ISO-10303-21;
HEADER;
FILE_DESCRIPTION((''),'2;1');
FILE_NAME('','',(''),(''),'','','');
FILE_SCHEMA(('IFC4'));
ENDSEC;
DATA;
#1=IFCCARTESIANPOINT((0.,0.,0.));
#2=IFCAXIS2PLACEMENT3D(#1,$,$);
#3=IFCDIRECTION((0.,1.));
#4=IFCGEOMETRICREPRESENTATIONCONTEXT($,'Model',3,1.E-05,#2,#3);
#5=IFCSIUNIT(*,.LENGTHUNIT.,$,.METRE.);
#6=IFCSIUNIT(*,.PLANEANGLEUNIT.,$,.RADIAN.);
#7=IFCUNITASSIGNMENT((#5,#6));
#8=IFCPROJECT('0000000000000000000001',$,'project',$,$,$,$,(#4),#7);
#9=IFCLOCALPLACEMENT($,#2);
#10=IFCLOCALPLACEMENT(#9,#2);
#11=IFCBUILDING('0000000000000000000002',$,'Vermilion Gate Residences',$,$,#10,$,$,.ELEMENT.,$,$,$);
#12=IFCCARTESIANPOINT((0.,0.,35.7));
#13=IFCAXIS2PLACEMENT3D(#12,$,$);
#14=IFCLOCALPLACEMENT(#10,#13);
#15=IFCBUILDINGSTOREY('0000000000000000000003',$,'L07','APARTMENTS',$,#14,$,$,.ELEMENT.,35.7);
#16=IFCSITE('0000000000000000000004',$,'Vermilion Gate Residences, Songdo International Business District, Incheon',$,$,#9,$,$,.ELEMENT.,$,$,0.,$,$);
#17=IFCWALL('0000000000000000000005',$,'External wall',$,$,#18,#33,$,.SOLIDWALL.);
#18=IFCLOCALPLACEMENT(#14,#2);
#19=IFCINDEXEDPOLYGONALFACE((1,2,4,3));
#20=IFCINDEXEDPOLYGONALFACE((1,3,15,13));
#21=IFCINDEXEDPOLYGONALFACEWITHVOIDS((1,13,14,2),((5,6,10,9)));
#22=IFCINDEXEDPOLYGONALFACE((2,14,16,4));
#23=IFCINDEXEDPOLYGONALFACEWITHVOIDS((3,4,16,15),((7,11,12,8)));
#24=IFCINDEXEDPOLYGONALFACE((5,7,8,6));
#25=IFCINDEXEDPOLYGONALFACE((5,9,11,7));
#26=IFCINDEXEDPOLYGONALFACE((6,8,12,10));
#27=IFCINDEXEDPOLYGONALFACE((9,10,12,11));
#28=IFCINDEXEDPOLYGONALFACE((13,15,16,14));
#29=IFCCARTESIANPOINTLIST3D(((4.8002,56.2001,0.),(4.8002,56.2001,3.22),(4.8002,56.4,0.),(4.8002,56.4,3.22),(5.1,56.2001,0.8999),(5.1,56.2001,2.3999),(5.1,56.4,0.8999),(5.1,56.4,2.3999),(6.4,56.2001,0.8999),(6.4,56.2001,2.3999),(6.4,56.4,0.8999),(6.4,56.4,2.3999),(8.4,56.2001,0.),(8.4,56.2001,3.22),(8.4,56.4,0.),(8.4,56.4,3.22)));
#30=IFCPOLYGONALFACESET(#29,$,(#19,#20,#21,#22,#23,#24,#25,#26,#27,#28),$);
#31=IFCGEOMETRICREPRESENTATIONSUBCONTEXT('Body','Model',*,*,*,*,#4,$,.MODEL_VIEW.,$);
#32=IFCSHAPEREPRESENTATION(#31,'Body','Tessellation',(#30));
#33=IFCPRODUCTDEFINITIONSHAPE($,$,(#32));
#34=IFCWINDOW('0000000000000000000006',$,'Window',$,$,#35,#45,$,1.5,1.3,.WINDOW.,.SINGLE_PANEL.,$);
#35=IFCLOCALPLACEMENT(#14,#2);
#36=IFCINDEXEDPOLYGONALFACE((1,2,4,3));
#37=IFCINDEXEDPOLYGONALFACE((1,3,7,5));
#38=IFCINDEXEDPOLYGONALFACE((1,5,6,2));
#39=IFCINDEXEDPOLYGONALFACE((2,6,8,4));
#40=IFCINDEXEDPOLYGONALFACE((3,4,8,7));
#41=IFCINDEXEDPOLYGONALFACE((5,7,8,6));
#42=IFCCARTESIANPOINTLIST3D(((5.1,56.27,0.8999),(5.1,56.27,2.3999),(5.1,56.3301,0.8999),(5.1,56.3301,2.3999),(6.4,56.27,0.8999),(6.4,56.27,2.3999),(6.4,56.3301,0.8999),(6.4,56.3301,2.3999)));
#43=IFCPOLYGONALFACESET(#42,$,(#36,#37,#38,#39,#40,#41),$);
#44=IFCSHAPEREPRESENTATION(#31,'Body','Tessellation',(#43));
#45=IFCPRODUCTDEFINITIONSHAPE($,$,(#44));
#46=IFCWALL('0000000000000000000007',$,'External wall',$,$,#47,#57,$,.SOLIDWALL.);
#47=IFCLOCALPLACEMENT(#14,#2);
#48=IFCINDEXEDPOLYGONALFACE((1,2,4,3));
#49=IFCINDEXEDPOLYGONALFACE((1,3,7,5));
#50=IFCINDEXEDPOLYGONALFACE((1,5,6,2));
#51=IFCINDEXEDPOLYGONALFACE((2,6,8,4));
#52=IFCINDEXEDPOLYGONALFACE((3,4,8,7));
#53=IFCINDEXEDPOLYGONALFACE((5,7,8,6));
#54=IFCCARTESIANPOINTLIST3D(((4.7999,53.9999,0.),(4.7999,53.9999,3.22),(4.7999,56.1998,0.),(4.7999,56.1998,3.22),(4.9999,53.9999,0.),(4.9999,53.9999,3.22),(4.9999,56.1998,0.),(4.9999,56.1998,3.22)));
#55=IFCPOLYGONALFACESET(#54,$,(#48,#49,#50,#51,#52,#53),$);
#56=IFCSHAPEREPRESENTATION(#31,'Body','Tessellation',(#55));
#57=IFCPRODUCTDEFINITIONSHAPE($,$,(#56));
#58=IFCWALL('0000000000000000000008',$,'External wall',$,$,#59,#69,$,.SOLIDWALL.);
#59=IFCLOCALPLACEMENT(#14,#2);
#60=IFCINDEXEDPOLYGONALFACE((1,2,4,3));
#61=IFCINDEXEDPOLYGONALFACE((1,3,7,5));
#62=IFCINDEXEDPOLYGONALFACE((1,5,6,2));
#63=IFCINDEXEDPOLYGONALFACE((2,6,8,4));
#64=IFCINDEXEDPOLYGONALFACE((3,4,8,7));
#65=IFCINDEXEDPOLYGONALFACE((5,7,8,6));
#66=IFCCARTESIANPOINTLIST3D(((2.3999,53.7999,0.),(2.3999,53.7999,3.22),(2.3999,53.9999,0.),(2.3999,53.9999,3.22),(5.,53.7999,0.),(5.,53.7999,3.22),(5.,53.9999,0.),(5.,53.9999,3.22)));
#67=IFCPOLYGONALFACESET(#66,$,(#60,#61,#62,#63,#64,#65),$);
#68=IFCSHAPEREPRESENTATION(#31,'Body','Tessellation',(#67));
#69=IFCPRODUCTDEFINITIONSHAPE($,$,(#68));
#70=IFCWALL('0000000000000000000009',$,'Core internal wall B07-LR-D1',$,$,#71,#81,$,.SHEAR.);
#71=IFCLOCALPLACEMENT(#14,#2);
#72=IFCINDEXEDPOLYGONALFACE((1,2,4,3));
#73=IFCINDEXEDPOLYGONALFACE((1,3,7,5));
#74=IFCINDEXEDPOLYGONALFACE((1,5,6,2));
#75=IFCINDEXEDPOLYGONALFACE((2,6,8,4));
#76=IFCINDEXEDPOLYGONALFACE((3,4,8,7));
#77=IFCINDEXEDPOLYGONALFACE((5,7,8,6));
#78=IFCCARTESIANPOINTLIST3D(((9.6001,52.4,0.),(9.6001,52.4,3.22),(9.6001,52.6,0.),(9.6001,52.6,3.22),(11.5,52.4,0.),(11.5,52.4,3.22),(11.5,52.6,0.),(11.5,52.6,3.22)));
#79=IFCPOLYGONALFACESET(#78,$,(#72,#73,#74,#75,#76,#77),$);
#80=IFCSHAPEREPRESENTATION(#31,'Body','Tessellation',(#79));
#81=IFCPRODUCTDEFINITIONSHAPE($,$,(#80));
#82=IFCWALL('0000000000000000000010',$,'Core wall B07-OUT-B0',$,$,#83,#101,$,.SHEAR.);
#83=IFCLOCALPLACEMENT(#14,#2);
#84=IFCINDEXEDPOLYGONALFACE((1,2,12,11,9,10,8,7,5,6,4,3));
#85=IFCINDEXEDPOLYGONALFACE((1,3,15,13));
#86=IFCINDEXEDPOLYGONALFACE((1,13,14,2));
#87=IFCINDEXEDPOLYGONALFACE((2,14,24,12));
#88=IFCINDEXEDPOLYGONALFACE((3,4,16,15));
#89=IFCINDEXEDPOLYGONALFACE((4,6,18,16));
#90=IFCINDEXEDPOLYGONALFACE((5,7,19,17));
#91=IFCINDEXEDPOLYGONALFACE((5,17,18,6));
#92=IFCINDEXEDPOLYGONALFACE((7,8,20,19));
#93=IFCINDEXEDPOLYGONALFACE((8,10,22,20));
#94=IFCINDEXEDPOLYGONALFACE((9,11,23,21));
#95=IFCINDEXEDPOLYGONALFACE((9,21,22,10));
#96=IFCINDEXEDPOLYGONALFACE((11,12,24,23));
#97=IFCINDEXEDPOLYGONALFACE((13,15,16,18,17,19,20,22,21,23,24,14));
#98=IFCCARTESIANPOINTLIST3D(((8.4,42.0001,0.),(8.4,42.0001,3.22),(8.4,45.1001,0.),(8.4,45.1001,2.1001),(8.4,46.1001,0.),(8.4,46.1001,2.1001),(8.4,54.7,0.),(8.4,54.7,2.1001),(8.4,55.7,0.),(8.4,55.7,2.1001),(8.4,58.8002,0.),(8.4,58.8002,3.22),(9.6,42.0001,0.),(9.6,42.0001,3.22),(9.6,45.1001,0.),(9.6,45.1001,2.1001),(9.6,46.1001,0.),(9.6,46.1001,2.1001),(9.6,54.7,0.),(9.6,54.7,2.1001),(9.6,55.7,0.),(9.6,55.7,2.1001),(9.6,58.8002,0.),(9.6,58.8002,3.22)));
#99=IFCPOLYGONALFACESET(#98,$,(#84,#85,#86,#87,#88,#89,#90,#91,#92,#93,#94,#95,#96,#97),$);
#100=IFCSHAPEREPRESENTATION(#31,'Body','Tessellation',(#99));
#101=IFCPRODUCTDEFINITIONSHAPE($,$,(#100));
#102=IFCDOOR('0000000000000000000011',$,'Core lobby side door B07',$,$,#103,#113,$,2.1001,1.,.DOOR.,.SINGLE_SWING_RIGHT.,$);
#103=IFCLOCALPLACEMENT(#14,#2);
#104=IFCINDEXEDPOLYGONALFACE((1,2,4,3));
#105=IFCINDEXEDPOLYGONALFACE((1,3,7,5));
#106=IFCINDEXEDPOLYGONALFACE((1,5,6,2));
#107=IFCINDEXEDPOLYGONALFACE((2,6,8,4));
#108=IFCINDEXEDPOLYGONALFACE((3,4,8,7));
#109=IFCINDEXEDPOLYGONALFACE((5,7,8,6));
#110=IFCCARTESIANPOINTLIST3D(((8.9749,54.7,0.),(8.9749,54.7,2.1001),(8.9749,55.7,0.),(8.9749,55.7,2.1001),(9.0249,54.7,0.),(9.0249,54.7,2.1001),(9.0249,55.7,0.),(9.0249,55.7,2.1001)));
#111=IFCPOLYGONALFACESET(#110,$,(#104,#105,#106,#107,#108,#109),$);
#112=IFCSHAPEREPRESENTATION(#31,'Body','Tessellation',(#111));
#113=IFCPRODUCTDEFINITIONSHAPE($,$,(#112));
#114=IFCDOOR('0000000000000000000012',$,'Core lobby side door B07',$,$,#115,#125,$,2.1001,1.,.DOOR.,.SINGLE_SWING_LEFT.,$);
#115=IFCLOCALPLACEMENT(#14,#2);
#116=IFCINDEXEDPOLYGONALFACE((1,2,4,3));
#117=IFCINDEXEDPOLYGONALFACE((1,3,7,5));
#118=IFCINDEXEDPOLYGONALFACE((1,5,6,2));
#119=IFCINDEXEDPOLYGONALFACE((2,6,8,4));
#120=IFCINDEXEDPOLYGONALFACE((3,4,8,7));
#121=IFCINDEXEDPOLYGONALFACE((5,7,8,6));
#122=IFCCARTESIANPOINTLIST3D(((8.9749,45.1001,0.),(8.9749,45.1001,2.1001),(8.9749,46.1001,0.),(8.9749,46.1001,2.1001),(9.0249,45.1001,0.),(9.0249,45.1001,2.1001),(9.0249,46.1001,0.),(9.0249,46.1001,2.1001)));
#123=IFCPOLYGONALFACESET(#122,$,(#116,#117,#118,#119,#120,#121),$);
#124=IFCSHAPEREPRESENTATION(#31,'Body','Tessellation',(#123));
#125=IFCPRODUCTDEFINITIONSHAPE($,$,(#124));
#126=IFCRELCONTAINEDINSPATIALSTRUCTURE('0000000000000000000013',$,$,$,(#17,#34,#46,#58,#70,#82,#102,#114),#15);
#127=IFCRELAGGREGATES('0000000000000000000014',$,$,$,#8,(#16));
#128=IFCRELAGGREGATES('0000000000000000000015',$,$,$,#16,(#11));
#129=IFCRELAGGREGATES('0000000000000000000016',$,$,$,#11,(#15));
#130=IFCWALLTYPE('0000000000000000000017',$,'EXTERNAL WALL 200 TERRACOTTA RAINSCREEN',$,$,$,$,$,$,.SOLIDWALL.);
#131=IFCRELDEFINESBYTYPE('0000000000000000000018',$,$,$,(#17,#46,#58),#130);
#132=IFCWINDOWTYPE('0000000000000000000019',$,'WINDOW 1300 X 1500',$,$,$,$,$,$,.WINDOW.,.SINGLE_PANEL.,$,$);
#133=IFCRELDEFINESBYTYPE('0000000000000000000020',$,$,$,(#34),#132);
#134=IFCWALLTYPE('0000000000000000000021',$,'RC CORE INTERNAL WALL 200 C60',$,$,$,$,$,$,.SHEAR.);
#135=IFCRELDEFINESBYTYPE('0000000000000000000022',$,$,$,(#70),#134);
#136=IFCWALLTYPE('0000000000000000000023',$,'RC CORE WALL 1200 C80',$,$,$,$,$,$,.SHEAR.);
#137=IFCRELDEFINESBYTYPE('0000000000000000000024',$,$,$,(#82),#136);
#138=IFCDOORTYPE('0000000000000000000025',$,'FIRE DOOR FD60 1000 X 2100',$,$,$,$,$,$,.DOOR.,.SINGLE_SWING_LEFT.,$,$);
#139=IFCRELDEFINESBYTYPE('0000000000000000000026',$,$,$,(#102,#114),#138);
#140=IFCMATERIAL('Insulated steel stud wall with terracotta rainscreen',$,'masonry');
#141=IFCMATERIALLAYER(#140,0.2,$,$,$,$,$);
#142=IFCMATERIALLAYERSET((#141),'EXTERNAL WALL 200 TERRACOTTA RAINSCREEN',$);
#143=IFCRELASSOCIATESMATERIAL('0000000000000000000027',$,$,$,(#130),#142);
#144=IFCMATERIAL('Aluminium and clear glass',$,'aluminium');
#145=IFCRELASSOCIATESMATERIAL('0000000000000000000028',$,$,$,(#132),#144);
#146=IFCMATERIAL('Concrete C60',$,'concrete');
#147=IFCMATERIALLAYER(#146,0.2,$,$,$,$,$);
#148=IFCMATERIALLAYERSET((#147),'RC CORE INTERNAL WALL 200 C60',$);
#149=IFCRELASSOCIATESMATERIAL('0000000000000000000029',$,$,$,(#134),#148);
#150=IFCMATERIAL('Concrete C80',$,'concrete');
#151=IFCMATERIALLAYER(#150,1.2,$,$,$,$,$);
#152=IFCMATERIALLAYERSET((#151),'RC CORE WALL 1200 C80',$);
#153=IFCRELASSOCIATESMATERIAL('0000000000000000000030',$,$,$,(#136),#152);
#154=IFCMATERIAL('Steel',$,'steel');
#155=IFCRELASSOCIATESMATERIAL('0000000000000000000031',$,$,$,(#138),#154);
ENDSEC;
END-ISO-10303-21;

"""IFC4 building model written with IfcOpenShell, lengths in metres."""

from ifc_helpers import new_model, si_unit, direction, frame, frame_2d, origin, place, context, subcontext, project, spatial, rectangle, extrude, material, layer, layer_set, type_object, element, fill, save


model = new_model("IFC4")

# Units and contexts
model_context = context("Model", 3, precision=1e-05, world=origin(), true_north=direction((0.0, 1.0)))
body_context = subcontext(model_context, "Body", "Model", "MODEL_VIEW")
ifc_project = project(units=[si_unit("LENGTHUNIT", "METRE"), si_unit("PLANEANGLEUNIT", "RADIAN")], contexts=[model_context])

# Site, building, storey
site_placement = place(None, origin())
site = spatial("IfcSite", under=ifc_project, at=site_placement, Name="Vermilion Gate Residences, Songdo International Business District, Incheon", CompositionType="ELEMENT", RefElevation=0.0)
building_placement = place(site_placement, origin())
building = spatial("IfcBuilding", under=site, at=building_placement, Name="Vermilion Gate Residences", CompositionType="ELEMENT")
storey_placement = place(building_placement, frame((0.0, 0.0, 35.7)))
storey = spatial("IfcBuildingStorey", under=building, at=storey_placement, Name="L07", Description="APARTMENTS", CompositionType="ELEMENT", Elevation=35.7)

# Wall, opening, window
ifc_material_1 = material(Name="Insulated steel stud wall with terracotta rainscreen", Category="masonry")
ifc_layer_1 = layer(ifc_material_1, 0.2)
ifc_layer_set_1 = layer_set([ifc_layer_1], Name="EXTERNAL WALL 200 TERRACOTTA RAINSCREEN")
wall_type_1 = type_object("IfcWallType", Name="EXTERNAL WALL 200 TERRACOTTA RAINSCREEN", PredefinedType="SOLIDWALL", material=ifc_layer_set_1)
wall_1_placement = place(storey_placement, frame((8.3999, 56.3, 0.0), z_axis=(0.0, 0.0, 1.0), x_axis=(-1.0, 0.0, 0.0)))
wall_1 = element("IfcWall", 1, at=wall_1_placement, inside=storey, type_object=wall_type_1, Name="External wall", PredefinedType="SOLIDWALL", context=body_context, shape_type="SweptSolid", body=[
    extrude(rectangle(XDim=3.5999, YDim=0.2, at=frame_2d((1.7998, 0.0))), origin(), (0.0, 0.0, 1.0), 3.22),
])
opening_1_placement = place(wall_1_placement, frame((2.0, 0.0, 0.8999)))
opening_1 = element("IfcOpeningElement", 2, at=opening_1_placement, cuts=wall_1, PredefinedType="OPENING", context=body_context, shape_type="SweptSolid", body=[
    extrude(rectangle(XDim=1.3, YDim=1.5, at=frame_2d((0.6499, 0.75))), frame((0.0, 0.1099, 0.0), z_axis=(0.0, -1.0, 0.0), x_axis=(1.0, 0.0, 0.0)), (0.0, 0.0, 1.0), 0.22),
])
ifc_material_2 = material(Name="Aluminium and clear glass", Category="aluminium")
window_type = type_object("IfcWindowType", Name="WINDOW 1300 X 1500", PartitioningType="SINGLE_PANEL", PredefinedType="WINDOW", material=ifc_material_2)
window_placement = place(opening_1_placement, origin())
window = element("IfcWindow", 3, at=window_placement, inside=storey, type_object=window_type, Name="Window", OverallHeight=1.5, OverallWidth=1.3, PartitioningType="SINGLE_PANEL", PredefinedType="WINDOW", context=body_context, shape_type="SweptSolid", body=[
    extrude(rectangle(XDim=1.3, YDim=1.5, at=frame_2d((0.6499, 0.75))), frame((0.0, 0.03, 0.0), z_axis=(0.0, -1.0, 0.0), x_axis=(1.0, 0.0, 0.0)), (0.0, 0.0, 1.0), 0.0601),
])
fill(opening_1, window)

# Walls
wall_2_placement = place(storey_placement, frame((4.8999, 56.2, 0.0), z_axis=(0.0, 0.0, 1.0), x_axis=(0.0, -1.0, 0.0)))
element("IfcWall", 4, at=wall_2_placement, inside=storey, type_object=wall_type_1, Name="External wall", PredefinedType="SOLIDWALL", context=body_context, shape_type="SweptSolid", body=[
    extrude(rectangle(XDim=2.2, YDim=0.2, at=frame_2d((1.1001, 0.0))), origin(), (0.0, 0.0, 1.0), 3.22),
])
wall_3_placement = place(storey_placement, frame((5.0, 53.8999, 0.0), z_axis=(0.0, 0.0, 1.0), x_axis=(-1.0, 0.0, 0.0)))
element("IfcWall", 5, at=wall_3_placement, inside=storey, type_object=wall_type_1, Name="External wall", PredefinedType="SOLIDWALL", context=body_context, shape_type="SweptSolid", body=[
    extrude(rectangle(XDim=2.6001, YDim=0.2, at=frame_2d((1.3, 0.0))), origin(), (0.0, 0.0, 1.0), 3.22),
])
ifc_material_3 = material(Name="Concrete C60", Category="concrete")
ifc_layer_2 = layer(ifc_material_3, 0.2)
ifc_layer_set_2 = layer_set([ifc_layer_2], Name="RC CORE INTERNAL WALL 200 C60")
wall_type_2 = type_object("IfcWallType", Name="RC CORE INTERNAL WALL 200 C60", PredefinedType="SHEAR", material=ifc_layer_set_2)
wall_4_placement = place(storey_placement, frame((9.6001, 52.5, 0.0), z_axis=(0.0, 0.0, 1.0), x_axis=(1.0, 0.0, 0.0)))
element("IfcWall", 6, at=wall_4_placement, inside=storey, type_object=wall_type_2, Name="Core internal wall B07-LR-D1", PredefinedType="SHEAR", context=body_context, shape_type="SweptSolid", body=[
    extrude(rectangle(XDim=1.8999, YDim=0.2, at=frame_2d((0.95, 0.0))), origin(), (0.0, 0.0, 1.0), 3.22),
])

# Wall, openings, doors
ifc_material_4 = material(Name="Concrete C80", Category="concrete")
ifc_layer_3 = layer(ifc_material_4, 1.2)
ifc_layer_set_3 = layer_set([ifc_layer_3], Name="RC CORE WALL 1200 C80")
wall_type_3 = type_object("IfcWallType", Name="RC CORE WALL 1200 C80", PredefinedType="SHEAR", material=ifc_layer_set_3)
wall_5_placement = place(storey_placement, frame((9.0, 58.8, 0.0), z_axis=(0.0, 0.0, 1.0), x_axis=(0.0, -1.0, 0.0)))
wall_5 = element("IfcWall", 7, at=wall_5_placement, inside=storey, type_object=wall_type_3, Name="Core wall B07-OUT-B0", PredefinedType="SHEAR", context=body_context, shape_type="SweptSolid", body=[
    extrude(rectangle(XDim=16.8, YDim=1.2, at=frame_2d((8.3999, 0.0))), origin(), (0.0, 0.0, 1.0), 3.22),
])
opening_2_placement = place(wall_5_placement, frame((3.1001, 0.0, 0.0)))
opening_2 = element("IfcOpeningElement", 8, at=opening_2_placement, cuts=wall_5, PredefinedType="OPENING", context=body_context, shape_type="SweptSolid", body=[
    extrude(rectangle(XDim=1.0, YDim=2.1001, at=frame_2d((0.5, 1.05))), frame((0.0, 0.6099, 0.0), z_axis=(0.0, -1.0, 0.0), x_axis=(1.0, 0.0, 0.0)), (0.0, 0.0, 1.0), 1.22),
])
opening_3_placement = place(wall_5_placement, frame((12.7, 0.0, 0.0)))
opening_3 = element("IfcOpeningElement", 9, at=opening_3_placement, cuts=wall_5, PredefinedType="OPENING", context=body_context, shape_type="SweptSolid", body=[
    extrude(rectangle(XDim=1.0, YDim=2.1001, at=frame_2d((0.5, 1.05))), frame((0.0, 0.6099, 0.0), z_axis=(0.0, -1.0, 0.0), x_axis=(1.0, 0.0, 0.0)), (0.0, 0.0, 1.0), 1.22),
])
ifc_material_5 = material(Name="Steel", Category="steel")
door_type = type_object("IfcDoorType", Name="FIRE DOOR FD60 1000 X 2100", OperationType="SINGLE_SWING_LEFT", PredefinedType="DOOR", material=ifc_material_5)
door_1_placement = place(opening_2_placement, origin())
door_1 = element("IfcDoor", 10, at=door_1_placement, inside=storey, type_object=door_type, Name="Core lobby side door B07", OperationType="SINGLE_SWING_RIGHT", OverallHeight=2.1001, OverallWidth=1.0, PredefinedType="DOOR", context=body_context, shape_type="SweptSolid", body=[
    extrude(rectangle(XDim=1.0, YDim=2.1001, at=frame_2d((0.5, 1.05))), frame((0.0, 0.0249, 0.0), z_axis=(0.0, -1.0, 0.0), x_axis=(1.0, 0.0, 0.0)), (0.0, 0.0, 1.0), 0.05),
])
fill(opening_2, door_1)
door_2_placement = place(opening_3_placement, origin())
door_2 = element("IfcDoor", 11, at=door_2_placement, inside=storey, type_object=door_type, Name="Core lobby side door B07", OperationType="SINGLE_SWING_LEFT", OverallHeight=2.1001, OverallWidth=1.0, PredefinedType="DOOR", context=body_context, shape_type="SweptSolid", body=[
    extrude(rectangle(XDim=1.0, YDim=2.1001, at=frame_2d((0.5, 1.05))), frame((0.0, 0.0249, 0.0), z_axis=(0.0, -1.0, 0.0), x_axis=(1.0, 0.0, 0.0)), (0.0, 0.0, 1.0), 0.05),
])
fill(opening_3, door_2)

save(model, "model.ifc")
